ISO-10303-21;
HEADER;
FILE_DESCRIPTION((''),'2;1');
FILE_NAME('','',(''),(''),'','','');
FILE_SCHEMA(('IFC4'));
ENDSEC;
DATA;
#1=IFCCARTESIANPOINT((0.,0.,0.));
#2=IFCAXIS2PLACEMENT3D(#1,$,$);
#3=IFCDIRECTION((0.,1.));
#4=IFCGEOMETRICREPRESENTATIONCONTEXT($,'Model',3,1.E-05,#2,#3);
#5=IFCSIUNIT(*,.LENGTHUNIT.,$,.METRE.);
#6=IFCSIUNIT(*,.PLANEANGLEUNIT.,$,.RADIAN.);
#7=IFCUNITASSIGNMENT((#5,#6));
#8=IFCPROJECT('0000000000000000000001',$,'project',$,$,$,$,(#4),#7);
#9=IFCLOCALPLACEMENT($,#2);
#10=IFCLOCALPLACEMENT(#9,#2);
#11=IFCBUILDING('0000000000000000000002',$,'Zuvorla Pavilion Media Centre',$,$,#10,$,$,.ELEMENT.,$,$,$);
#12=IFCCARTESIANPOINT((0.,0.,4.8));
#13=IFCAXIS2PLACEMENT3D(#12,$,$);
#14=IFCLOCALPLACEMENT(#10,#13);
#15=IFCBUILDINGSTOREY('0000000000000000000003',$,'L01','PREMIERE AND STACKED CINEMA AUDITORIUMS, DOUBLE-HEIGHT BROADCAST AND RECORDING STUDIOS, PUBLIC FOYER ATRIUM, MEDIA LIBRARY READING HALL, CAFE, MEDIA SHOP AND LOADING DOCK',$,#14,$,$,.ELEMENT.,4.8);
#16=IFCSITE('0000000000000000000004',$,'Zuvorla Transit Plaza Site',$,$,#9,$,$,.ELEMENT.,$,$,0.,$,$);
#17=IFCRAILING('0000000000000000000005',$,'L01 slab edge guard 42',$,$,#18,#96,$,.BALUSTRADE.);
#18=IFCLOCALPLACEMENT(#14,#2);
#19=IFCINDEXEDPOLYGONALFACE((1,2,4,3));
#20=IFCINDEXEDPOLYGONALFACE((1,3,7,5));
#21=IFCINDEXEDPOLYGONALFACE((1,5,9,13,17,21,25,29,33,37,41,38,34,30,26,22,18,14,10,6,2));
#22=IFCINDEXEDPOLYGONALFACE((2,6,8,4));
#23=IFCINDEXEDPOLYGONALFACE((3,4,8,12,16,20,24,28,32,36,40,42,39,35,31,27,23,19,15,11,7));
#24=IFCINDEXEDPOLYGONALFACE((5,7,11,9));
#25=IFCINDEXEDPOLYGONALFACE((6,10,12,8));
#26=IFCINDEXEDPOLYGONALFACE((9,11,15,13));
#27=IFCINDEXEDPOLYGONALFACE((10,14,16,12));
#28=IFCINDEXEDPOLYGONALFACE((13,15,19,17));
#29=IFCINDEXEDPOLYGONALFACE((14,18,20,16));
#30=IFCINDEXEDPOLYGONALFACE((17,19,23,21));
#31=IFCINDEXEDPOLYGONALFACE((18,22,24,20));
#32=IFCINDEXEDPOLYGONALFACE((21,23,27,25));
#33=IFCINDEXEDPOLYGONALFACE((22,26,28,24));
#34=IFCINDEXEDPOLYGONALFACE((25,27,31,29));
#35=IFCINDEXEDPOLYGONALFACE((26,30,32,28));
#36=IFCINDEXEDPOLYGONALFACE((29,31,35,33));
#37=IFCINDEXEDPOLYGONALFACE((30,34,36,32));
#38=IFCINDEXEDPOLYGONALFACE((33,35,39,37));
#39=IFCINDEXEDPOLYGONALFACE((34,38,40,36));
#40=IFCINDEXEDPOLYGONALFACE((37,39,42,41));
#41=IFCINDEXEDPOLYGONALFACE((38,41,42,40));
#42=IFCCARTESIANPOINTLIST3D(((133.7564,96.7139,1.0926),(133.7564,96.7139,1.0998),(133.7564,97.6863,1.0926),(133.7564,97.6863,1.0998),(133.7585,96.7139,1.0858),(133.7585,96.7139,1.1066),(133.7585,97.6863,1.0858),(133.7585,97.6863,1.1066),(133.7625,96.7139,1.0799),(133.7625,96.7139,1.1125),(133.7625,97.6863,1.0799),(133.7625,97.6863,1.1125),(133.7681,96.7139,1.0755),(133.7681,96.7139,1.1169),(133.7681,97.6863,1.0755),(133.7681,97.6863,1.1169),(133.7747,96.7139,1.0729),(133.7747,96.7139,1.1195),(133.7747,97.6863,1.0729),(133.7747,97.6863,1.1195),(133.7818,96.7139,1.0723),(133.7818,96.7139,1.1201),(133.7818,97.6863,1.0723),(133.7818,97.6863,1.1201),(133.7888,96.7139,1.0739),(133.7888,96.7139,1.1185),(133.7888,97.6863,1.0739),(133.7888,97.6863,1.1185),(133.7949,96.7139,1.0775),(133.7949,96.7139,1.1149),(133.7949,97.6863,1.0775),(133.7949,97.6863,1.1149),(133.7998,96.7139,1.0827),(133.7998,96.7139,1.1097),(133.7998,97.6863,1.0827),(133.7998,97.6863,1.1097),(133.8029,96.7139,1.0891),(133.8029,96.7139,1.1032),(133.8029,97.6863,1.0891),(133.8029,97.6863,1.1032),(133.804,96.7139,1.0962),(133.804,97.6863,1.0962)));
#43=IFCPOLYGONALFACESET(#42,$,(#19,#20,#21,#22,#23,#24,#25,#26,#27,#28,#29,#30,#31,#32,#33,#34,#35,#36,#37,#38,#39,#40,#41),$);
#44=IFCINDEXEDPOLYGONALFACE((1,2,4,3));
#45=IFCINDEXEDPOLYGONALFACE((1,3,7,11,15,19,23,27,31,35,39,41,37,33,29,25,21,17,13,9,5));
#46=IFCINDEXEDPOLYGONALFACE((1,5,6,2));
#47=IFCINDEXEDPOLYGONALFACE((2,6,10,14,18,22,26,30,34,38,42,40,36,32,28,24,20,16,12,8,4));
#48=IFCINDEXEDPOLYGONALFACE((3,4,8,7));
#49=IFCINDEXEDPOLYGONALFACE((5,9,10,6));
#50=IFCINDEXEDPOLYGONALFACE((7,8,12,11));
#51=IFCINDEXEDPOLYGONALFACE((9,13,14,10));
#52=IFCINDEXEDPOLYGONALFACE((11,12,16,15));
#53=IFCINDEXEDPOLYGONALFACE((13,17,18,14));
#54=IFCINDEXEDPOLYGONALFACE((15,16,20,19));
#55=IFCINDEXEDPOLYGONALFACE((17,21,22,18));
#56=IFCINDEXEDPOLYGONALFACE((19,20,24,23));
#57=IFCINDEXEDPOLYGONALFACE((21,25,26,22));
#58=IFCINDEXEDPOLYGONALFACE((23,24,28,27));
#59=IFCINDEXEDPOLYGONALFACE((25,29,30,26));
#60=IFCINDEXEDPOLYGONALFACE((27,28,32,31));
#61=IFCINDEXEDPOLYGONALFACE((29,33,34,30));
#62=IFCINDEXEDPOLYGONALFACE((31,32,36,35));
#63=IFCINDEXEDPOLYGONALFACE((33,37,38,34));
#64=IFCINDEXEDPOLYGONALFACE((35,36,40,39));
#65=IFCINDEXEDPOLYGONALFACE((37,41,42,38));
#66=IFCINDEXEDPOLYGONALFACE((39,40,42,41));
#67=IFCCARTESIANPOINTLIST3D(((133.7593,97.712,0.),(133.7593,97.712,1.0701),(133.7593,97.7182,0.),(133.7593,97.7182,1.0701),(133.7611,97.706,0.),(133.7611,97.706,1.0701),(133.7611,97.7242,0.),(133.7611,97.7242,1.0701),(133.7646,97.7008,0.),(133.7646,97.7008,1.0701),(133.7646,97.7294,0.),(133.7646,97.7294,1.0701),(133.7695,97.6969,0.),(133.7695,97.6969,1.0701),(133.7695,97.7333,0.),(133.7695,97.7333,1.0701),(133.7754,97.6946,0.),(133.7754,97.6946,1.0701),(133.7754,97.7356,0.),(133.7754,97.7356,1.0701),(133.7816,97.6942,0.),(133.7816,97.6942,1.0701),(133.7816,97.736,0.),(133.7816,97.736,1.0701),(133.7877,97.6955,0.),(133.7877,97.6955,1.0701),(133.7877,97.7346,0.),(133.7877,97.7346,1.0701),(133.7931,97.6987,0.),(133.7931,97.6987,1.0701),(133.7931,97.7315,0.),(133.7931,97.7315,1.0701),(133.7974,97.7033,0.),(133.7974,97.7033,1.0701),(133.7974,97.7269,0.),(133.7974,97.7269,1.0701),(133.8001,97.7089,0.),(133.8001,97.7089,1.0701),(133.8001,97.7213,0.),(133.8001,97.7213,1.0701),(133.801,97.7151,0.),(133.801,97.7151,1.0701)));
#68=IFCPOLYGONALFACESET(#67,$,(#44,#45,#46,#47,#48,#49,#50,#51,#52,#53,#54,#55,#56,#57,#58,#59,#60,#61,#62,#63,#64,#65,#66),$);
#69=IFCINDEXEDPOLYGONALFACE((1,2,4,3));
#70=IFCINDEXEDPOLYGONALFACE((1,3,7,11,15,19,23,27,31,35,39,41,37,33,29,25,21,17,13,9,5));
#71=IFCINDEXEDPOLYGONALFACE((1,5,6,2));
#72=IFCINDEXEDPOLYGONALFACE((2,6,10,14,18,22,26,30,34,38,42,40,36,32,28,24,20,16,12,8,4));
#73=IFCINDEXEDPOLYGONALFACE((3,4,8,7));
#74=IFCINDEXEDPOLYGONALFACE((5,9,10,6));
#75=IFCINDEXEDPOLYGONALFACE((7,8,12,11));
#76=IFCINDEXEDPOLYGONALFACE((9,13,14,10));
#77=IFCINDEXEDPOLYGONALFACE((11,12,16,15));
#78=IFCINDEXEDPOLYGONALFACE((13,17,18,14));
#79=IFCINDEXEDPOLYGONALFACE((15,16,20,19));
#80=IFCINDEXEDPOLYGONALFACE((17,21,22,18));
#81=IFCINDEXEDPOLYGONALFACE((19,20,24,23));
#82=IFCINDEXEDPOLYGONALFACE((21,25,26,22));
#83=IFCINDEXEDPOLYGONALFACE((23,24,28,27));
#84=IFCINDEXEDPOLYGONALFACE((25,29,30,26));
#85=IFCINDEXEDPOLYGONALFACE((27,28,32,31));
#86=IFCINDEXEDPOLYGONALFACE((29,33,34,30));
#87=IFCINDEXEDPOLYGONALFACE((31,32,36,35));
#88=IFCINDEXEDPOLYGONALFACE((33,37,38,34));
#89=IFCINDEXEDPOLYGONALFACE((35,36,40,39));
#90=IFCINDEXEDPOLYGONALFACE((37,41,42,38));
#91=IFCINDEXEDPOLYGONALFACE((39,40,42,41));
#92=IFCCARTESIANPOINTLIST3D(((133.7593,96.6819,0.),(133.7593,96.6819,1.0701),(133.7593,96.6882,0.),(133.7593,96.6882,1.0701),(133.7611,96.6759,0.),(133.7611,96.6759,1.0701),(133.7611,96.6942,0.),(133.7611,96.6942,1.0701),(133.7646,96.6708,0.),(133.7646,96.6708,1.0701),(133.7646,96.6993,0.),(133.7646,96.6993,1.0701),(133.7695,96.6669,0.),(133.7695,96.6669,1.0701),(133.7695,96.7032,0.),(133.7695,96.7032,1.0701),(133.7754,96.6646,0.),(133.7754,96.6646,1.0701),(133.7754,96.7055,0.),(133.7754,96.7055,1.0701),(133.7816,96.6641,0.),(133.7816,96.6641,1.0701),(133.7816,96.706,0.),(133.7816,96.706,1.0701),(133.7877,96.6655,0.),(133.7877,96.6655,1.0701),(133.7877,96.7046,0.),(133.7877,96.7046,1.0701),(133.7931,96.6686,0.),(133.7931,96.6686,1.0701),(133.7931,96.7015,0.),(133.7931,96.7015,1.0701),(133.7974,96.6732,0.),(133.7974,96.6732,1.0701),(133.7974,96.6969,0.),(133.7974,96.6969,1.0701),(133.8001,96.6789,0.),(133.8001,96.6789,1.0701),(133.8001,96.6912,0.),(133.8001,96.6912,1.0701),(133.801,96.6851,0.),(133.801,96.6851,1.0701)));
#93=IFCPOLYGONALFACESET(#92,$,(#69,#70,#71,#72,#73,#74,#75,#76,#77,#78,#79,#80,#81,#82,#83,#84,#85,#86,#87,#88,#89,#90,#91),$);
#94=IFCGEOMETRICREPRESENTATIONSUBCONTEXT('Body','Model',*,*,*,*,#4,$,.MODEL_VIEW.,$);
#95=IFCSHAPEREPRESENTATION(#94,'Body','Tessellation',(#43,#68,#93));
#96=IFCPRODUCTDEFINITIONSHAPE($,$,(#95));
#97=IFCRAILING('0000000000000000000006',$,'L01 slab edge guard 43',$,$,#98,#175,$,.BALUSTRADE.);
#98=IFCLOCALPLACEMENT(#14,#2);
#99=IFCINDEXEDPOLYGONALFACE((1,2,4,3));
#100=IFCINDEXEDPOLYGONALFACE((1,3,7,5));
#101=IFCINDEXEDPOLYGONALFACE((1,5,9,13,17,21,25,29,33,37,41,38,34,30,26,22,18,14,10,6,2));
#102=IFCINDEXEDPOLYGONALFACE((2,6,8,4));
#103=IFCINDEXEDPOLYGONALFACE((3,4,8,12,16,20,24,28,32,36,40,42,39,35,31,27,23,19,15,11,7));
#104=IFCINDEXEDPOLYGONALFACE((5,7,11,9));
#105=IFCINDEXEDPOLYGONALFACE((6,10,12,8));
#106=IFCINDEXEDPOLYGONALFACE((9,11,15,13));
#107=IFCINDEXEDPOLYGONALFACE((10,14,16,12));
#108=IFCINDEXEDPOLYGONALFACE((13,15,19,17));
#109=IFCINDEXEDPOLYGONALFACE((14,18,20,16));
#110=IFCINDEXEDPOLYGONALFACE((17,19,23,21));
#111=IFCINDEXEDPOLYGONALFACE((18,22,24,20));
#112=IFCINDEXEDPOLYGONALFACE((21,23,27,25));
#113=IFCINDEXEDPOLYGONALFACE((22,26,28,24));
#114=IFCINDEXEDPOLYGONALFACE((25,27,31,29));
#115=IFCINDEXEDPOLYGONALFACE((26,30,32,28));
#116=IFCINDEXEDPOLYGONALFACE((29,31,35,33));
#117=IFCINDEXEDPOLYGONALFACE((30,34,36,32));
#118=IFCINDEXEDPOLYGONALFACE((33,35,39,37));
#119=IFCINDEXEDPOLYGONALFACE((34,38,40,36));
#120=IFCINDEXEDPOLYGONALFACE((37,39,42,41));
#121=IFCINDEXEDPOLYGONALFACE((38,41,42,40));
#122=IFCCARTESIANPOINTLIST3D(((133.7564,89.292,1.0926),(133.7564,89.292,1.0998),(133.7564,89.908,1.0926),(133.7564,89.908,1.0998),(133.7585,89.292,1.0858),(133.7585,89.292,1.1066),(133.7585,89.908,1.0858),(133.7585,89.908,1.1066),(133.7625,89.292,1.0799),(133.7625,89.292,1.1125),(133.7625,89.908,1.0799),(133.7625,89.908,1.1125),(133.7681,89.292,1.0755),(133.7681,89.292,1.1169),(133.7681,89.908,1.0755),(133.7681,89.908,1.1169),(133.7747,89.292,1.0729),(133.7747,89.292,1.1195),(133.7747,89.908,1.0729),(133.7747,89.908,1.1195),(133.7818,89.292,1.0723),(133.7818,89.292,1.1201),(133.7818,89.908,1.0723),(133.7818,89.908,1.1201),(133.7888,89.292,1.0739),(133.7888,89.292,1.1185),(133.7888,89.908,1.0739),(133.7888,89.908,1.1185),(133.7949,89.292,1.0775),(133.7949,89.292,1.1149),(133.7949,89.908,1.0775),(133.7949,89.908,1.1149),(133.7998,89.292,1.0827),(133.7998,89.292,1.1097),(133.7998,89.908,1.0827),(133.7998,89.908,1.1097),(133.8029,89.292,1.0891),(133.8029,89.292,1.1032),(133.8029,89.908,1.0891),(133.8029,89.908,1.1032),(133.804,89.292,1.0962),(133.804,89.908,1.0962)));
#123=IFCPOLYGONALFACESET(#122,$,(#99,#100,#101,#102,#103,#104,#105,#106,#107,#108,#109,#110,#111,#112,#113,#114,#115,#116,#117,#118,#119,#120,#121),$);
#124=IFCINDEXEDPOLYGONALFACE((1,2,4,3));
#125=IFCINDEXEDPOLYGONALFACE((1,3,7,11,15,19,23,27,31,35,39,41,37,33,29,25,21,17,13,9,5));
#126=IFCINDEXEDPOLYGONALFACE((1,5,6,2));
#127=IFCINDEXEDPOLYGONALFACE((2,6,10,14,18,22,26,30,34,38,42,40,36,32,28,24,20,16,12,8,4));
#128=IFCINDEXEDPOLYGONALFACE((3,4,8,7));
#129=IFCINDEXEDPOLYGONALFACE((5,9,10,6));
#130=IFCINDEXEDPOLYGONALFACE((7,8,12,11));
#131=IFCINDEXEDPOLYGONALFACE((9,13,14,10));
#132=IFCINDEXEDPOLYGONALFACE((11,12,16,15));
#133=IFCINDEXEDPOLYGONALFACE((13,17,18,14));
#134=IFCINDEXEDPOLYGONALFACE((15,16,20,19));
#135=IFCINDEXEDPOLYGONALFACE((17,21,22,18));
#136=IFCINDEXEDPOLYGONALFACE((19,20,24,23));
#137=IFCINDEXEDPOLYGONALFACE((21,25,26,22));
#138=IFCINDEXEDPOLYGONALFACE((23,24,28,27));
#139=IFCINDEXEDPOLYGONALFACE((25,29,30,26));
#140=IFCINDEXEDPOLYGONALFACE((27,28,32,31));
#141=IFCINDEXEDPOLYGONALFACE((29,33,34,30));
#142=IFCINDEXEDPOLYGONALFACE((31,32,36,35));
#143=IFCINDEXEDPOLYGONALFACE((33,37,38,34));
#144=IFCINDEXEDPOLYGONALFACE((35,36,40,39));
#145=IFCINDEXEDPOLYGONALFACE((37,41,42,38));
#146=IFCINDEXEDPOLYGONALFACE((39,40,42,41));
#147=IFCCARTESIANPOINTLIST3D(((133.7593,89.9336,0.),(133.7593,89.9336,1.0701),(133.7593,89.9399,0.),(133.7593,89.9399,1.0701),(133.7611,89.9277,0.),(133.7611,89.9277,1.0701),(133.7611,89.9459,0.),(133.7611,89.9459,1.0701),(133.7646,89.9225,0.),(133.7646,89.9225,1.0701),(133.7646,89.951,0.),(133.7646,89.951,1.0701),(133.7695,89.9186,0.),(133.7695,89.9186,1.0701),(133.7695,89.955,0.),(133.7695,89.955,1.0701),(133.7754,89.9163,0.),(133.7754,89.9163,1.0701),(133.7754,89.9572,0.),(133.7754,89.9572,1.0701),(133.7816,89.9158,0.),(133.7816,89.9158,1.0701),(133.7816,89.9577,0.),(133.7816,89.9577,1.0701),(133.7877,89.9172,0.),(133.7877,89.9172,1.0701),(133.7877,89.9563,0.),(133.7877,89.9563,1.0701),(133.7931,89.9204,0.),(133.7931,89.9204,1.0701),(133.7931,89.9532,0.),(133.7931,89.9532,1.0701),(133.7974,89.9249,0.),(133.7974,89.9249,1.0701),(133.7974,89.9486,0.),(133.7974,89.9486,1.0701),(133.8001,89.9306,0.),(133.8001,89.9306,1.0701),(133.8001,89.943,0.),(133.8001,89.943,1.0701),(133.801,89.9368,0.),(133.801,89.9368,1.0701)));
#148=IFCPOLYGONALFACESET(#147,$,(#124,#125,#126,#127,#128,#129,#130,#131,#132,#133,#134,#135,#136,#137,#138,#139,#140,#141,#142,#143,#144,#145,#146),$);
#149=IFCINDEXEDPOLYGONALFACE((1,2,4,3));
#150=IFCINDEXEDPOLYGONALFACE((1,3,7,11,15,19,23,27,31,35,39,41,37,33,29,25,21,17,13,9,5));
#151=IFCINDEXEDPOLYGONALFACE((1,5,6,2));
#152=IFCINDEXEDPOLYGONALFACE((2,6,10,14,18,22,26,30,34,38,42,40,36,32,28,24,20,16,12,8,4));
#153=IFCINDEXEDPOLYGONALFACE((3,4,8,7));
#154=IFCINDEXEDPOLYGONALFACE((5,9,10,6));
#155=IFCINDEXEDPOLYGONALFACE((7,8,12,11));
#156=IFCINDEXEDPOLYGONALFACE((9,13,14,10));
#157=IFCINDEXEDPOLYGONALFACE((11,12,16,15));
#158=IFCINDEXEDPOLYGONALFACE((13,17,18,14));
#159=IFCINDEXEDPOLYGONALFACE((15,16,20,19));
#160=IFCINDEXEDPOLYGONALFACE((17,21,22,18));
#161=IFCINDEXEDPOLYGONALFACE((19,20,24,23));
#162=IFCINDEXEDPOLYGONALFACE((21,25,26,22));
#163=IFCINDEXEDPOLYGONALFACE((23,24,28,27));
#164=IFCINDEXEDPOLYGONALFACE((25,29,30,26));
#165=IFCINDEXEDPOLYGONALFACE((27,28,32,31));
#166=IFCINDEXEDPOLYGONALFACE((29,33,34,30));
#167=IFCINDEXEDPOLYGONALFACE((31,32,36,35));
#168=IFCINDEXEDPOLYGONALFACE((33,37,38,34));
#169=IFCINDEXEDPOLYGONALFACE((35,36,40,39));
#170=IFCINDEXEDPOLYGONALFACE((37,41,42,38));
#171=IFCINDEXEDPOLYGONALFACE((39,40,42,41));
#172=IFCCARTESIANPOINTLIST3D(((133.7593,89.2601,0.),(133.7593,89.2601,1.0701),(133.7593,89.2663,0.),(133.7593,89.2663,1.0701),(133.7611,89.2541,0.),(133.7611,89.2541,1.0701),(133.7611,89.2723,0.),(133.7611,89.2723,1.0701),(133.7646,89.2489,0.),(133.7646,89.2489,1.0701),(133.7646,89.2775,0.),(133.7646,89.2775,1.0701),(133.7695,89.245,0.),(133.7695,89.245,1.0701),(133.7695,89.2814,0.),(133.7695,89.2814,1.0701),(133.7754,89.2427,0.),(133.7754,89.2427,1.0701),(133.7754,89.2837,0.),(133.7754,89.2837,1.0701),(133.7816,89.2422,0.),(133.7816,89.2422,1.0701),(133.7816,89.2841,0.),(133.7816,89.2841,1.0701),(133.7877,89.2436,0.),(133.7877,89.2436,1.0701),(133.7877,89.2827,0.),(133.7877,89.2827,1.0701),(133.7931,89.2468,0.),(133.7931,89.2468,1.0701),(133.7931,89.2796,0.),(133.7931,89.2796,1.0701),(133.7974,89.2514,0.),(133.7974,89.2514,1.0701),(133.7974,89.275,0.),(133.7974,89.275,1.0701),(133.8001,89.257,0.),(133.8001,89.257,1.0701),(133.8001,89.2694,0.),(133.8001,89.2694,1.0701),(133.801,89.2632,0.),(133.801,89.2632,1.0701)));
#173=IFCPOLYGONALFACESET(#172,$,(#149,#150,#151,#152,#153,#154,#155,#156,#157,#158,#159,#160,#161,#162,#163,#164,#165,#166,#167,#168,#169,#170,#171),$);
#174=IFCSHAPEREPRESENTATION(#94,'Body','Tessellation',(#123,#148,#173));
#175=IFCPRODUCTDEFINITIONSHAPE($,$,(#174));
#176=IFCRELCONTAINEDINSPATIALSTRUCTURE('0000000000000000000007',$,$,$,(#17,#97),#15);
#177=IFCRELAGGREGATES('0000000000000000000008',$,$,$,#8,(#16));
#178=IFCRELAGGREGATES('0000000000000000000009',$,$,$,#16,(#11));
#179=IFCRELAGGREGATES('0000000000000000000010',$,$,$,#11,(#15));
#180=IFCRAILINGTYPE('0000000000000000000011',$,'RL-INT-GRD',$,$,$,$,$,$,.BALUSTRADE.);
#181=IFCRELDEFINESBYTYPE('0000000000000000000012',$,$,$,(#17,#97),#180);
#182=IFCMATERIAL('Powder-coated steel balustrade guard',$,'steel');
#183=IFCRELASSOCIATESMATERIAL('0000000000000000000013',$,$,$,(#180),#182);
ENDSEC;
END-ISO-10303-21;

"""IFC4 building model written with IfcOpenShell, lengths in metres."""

from ifc_helpers import new_model, si_unit, direction, frame, origin, origin_2d, place, context, subcontext, project, spatial, circle, extrude, material, type_object, element, save


model = new_model("IFC4")

# Units and contexts
model_context = context("Model", 3, precision=1e-05, world=origin(), true_north=direction((0.0, 1.0)))
body_context = subcontext(model_context, "Body", "Model", "MODEL_VIEW")
ifc_project = project(units=[si_unit("LENGTHUNIT", "METRE"), si_unit("PLANEANGLEUNIT", "RADIAN")], contexts=[model_context])

# Site, building, storey
site_placement = place(None, origin())
site = spatial("IfcSite", under=ifc_project, at=site_placement, Name="Zuvorla Transit Plaza Site", CompositionType="ELEMENT", RefElevation=0.0)
building_placement = place(site_placement, origin())
building = spatial("IfcBuilding", under=site, at=building_placement, Name="Zuvorla Pavilion Media Centre", CompositionType="ELEMENT")
storey_placement = place(building_placement, frame((0.0, 0.0, 4.8)))
storey = spatial("IfcBuildingStorey", under=building, at=storey_placement, Name="L01", Description="PREMIERE AND STACKED CINEMA AUDITORIUMS, DOUBLE-HEIGHT BROADCAST AND RECORDING STUDIOS, PUBLIC FOYER ATRIUM, MEDIA LIBRARY READING HALL, CAFE, MEDIA SHOP AND LOADING DOCK", CompositionType="ELEMENT", Elevation=4.8)

# Railings
ifc_material_1 = material(Name="Powder-coated steel balustrade guard", Category="steel")
railing_type = type_object("IfcRailingType", Name="RL-INT-GRD", PredefinedType="BALUSTRADE", material=ifc_material_1)
for number, where, name in (
    (1, (133.78, 97.7151, 0.0), "L01 slab edge guard 42"),
):
    element("IfcRailing", number, at=place(storey_placement, frame(where)), inside=storey, type_object=railing_type, Name=name, PredefinedType="BALUSTRADE", context=body_context, shape_type="SweptSolid", body=[
        extrude(circle(Radius=0.0239, at=origin_2d()), frame((0.0, -0.0288, 1.0962), z_axis=(0.0, -1.0, 0.0), x_axis=(1.0, 0.0, 0.0)), (0.0, 0.0, 1.0), 0.9724),
        extrude(circle(Radius=0.021, at=origin_2d()), origin(), (0.0, 0.0, 1.0), 1.0701),
        extrude(circle(Radius=0.021, at=origin_2d()), frame((0.0, -1.03, 0.0)), (0.0, 0.0, 1.0), 1.0701),
    ])
railing_1_placement = place(storey_placement, frame((133.78, 89.9368, 0.0)))
element("IfcRailing", 2, at=railing_1_placement, inside=storey, type_object=railing_type, Name="L01 slab edge guard 43", PredefinedType="BALUSTRADE", context=body_context, shape_type="SweptSolid", body=[
    extrude(circle(Radius=0.0239, at=origin_2d()), frame((0.0, -0.0288, 1.0962), z_axis=(0.0, -1.0, 0.0), x_axis=(1.0, 0.0, 0.0)), (0.0, 0.0, 1.0), 0.616),
    extrude(circle(Radius=0.021, at=origin_2d()), origin(), (0.0, 0.0, 1.0), 1.0701),
    extrude(circle(Radius=0.021, at=origin_2d()), frame((0.0, -0.6736, 0.0)), (0.0, 0.0, 1.0), 1.0701),
])

save(model, "model.ifc")
